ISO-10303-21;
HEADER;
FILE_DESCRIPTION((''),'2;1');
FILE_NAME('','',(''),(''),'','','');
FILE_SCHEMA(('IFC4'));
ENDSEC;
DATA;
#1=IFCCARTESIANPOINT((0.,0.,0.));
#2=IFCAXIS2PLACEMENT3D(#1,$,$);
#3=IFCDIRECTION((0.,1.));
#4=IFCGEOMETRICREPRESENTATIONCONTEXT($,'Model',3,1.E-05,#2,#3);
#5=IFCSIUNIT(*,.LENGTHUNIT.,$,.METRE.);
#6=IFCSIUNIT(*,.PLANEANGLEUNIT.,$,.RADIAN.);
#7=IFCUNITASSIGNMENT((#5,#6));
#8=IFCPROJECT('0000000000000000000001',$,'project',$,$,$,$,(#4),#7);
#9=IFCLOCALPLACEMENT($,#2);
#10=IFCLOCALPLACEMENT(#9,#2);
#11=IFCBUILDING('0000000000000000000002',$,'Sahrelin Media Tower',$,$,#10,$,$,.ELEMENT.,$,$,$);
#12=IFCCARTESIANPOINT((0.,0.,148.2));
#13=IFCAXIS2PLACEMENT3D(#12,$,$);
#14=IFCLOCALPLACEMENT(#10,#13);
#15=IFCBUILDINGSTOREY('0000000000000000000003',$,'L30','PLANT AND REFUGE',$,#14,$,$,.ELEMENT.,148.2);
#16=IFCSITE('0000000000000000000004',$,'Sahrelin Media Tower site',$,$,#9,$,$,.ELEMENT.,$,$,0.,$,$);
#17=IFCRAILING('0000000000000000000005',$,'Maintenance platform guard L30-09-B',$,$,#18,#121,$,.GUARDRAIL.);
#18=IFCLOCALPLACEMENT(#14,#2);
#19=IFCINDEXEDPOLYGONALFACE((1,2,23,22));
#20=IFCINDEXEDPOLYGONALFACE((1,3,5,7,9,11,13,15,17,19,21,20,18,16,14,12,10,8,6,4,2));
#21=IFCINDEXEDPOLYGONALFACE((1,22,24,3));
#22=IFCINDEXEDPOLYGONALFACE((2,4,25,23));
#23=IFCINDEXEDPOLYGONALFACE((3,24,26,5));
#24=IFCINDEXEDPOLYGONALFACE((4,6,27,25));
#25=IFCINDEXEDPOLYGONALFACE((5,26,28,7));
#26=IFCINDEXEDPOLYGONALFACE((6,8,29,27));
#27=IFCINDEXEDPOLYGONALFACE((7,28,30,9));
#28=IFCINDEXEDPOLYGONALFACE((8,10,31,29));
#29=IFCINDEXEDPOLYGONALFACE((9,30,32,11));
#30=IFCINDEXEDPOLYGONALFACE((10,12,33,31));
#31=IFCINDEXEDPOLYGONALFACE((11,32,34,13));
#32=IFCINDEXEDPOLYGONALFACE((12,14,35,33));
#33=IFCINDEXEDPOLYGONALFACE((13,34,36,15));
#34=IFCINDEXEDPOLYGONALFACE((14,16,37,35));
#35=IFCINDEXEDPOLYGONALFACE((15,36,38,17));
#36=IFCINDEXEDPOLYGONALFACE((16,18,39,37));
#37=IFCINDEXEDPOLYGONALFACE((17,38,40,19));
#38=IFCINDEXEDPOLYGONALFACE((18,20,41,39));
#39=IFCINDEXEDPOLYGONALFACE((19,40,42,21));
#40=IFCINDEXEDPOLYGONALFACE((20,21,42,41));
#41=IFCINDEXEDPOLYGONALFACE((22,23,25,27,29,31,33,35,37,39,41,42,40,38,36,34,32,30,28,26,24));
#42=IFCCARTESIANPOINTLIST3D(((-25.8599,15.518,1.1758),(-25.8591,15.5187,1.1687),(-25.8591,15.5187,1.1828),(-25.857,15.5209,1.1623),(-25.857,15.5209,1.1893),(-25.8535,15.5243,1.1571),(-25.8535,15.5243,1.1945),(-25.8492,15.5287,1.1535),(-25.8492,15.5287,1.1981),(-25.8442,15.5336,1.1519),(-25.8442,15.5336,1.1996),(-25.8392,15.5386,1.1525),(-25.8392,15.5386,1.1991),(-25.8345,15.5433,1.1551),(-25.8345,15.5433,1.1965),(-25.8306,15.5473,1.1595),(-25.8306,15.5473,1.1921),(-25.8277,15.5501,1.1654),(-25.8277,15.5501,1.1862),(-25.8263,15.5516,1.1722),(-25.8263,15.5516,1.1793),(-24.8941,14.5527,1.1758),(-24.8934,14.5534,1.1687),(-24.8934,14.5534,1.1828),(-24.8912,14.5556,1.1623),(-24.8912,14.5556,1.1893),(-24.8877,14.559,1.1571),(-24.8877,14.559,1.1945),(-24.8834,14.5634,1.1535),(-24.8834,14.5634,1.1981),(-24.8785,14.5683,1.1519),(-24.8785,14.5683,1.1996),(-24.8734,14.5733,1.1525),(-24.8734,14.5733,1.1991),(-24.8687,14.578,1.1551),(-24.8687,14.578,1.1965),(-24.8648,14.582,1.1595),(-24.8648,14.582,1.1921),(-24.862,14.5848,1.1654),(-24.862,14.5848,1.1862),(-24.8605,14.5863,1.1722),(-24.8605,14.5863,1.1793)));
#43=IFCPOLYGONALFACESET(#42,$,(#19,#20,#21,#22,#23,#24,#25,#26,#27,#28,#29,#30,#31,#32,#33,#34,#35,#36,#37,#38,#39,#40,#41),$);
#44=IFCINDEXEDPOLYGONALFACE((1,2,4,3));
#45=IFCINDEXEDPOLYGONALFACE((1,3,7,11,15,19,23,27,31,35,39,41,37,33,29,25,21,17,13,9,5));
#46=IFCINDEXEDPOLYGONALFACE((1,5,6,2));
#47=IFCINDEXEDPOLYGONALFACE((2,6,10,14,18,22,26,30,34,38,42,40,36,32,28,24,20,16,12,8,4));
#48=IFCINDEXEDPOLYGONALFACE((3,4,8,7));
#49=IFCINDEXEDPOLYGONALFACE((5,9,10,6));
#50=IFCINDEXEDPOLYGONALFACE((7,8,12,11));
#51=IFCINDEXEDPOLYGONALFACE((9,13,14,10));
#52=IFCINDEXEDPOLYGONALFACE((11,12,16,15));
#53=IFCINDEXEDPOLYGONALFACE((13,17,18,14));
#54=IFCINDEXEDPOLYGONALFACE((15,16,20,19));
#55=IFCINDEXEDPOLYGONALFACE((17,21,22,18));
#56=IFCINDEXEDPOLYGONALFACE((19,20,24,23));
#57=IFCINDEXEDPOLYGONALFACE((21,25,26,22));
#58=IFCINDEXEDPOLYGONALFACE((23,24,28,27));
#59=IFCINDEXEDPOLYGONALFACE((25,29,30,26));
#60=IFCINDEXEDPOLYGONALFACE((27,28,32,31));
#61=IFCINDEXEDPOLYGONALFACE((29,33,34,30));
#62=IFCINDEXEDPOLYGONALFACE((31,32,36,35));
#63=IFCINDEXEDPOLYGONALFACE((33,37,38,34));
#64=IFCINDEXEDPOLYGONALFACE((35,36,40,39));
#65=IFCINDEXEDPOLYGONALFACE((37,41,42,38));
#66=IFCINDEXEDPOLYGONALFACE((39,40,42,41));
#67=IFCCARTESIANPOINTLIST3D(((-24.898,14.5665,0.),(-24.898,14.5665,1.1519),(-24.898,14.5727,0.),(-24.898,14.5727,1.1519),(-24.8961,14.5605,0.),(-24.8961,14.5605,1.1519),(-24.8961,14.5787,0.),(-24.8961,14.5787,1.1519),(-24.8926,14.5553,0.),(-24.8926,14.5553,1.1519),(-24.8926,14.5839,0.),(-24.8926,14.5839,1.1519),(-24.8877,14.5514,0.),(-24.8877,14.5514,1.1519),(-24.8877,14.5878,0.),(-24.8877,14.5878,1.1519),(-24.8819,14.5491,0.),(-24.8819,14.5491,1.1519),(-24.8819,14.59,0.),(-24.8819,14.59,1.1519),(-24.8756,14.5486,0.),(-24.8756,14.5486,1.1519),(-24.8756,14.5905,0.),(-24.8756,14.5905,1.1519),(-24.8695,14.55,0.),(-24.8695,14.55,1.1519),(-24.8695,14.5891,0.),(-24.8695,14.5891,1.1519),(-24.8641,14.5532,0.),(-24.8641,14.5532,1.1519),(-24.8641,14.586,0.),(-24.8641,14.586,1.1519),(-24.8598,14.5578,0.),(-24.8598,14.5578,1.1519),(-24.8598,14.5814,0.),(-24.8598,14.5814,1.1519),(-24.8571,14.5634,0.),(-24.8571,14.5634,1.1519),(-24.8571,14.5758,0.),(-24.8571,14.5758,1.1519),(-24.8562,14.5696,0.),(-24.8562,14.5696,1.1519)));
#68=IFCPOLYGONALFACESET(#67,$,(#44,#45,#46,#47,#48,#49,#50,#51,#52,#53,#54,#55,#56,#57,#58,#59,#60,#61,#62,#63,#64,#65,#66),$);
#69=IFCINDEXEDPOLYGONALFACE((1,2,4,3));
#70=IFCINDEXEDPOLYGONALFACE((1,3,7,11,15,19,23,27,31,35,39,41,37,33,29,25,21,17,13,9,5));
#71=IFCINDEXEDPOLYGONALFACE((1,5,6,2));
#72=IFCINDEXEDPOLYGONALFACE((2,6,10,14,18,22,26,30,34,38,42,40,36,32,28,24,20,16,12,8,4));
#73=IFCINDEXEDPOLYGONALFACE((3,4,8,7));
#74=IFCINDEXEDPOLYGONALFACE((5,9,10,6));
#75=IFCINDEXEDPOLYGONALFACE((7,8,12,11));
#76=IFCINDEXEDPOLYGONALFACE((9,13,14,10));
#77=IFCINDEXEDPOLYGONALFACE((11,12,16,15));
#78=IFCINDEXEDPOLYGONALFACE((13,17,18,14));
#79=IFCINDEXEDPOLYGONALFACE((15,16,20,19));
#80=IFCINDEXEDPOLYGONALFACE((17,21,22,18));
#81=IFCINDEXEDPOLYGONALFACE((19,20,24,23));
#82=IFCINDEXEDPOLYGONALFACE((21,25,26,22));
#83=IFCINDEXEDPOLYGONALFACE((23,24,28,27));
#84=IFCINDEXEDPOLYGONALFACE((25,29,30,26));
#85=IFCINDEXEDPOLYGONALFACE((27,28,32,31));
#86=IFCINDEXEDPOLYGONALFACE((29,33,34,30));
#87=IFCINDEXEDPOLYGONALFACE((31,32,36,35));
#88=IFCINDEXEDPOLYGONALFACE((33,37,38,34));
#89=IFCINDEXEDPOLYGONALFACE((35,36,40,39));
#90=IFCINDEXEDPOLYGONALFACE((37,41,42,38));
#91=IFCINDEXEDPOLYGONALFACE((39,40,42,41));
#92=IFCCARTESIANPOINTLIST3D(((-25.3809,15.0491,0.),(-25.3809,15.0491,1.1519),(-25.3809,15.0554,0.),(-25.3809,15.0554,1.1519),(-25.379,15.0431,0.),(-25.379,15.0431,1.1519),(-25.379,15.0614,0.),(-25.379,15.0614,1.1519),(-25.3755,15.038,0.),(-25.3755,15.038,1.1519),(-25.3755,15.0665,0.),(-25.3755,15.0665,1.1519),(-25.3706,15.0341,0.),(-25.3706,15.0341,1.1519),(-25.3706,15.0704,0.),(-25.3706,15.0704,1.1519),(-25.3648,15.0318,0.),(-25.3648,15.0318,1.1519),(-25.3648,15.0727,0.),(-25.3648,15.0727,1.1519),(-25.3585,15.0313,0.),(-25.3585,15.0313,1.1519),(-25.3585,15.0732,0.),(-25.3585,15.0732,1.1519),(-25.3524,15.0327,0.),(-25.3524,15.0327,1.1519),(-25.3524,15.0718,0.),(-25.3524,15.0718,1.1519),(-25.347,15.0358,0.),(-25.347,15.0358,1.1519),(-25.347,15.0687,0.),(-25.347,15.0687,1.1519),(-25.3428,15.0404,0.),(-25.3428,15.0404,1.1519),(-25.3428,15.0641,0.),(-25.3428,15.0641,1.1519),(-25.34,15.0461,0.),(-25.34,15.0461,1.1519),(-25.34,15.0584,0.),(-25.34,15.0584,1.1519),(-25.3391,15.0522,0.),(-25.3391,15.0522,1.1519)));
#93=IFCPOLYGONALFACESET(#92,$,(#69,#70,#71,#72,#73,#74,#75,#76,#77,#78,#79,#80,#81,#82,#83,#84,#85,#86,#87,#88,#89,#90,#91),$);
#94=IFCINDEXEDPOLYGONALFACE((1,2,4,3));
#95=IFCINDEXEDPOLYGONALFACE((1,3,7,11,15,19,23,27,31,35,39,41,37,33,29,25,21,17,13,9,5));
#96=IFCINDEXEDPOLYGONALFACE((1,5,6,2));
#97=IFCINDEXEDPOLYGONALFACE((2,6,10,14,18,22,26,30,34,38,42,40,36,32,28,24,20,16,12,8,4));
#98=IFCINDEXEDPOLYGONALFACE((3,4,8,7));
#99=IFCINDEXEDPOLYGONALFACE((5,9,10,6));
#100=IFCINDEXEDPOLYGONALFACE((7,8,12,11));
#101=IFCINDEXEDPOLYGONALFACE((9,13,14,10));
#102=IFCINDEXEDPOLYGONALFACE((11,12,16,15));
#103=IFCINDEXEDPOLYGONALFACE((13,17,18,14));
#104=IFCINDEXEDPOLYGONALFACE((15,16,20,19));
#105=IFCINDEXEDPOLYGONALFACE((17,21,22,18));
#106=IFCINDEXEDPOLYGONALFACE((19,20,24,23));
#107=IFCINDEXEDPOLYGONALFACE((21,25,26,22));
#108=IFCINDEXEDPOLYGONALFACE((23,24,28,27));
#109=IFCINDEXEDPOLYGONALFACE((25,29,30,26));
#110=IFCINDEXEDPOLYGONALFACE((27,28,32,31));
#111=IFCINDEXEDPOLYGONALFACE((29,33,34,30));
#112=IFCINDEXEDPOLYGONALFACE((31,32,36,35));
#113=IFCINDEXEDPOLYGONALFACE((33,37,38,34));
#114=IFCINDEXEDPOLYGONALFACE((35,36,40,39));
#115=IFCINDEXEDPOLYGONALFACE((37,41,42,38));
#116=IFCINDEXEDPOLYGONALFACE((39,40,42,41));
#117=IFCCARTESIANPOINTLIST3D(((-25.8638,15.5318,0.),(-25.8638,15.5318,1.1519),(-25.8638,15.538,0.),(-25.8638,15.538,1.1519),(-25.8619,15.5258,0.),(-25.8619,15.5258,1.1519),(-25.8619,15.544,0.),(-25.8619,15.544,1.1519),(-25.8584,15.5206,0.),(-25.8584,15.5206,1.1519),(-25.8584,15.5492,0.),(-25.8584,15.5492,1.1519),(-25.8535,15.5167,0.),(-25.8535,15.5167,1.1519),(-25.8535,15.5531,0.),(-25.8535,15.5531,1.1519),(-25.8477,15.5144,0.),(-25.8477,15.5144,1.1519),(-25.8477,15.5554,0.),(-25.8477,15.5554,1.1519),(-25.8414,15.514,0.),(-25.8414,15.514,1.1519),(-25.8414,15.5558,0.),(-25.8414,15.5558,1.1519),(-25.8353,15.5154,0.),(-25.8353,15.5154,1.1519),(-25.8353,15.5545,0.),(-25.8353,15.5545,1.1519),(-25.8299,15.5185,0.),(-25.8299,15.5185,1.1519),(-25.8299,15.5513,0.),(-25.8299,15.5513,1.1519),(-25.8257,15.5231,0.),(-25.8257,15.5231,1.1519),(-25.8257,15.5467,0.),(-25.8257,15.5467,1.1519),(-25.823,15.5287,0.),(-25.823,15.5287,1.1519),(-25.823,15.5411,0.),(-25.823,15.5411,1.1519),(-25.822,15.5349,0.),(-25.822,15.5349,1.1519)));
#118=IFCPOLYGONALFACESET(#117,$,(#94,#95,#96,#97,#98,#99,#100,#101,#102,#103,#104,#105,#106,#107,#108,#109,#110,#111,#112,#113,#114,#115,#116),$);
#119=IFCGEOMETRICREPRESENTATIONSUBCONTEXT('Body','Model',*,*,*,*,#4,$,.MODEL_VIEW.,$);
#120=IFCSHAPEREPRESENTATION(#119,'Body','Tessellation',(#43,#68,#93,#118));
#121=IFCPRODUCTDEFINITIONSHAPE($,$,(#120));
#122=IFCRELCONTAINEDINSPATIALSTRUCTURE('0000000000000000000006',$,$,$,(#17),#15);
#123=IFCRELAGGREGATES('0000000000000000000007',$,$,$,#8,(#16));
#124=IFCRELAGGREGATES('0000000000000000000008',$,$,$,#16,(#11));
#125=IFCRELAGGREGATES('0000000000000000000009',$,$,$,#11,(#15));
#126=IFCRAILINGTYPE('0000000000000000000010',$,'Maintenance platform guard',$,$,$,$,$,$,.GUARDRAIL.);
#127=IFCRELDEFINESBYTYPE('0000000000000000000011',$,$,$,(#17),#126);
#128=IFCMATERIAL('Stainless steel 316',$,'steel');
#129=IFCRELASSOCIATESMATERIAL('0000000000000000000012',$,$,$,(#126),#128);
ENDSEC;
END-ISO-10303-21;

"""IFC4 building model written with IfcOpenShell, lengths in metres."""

from ifc_helpers import new_model, si_unit, direction, frame, origin, origin_2d, place, context, subcontext, project, spatial, circle, extrude, material, type_object, element, save


model = new_model("IFC4")

# Units and contexts
model_context = context("Model", 3, precision=1e-05, world=origin(), true_north=direction((0.0, 1.0)))
body_context = subcontext(model_context, "Body", "Model", "MODEL_VIEW")
ifc_project = project(units=[si_unit("LENGTHUNIT", "METRE"), si_unit("PLANEANGLEUNIT", "RADIAN")], contexts=[model_context])

# Site, building, storey
site_placement = place(None, origin())
site = spatial("IfcSite", under=ifc_project, at=site_placement, Name="Sahrelin Media Tower site", CompositionType="ELEMENT", RefElevation=0.0)
building_placement = place(site_placement, origin())
building = spatial("IfcBuilding", under=site, at=building_placement, Name="Sahrelin Media Tower", CompositionType="ELEMENT")
storey_placement = place(building_placement, frame((0.0, 0.0, 148.2)))
storey = spatial("IfcBuildingStorey", under=building, at=storey_placement, Name="L30", Description="PLANT AND REFUGE", CompositionType="ELEMENT", Elevation=148.2)

# Railing
ifc_material_1 = material(Name="Stainless steel 316", Category="steel")
railing_type = type_object("IfcRailingType", Name="Maintenance platform guard", PredefinedType="GUARDRAIL", material=ifc_material_1)
railing_1_placement = place(storey_placement, frame((-24.8772, 14.5696, 0.0)))
element("IfcRailing", 1, at=railing_1_placement, inside=storey, type_object=railing_type, Name="Maintenance platform guard L30-09-B", PredefinedType="GUARDRAIL", context=body_context, shape_type="SweptSolid", body=[
    extrude(circle(Radius=0.0239, at=origin_2d()), frame((0.0, 0.0, 1.1758), z_axis=(-0.707286, 0.706928, 0.0), x_axis=(-0.706928, -0.707286, 0.0)), (0.0, 0.0, 1.0), 1.3655),
    extrude(circle(Radius=0.021, at=origin_2d()), origin(), (0.0, 0.0, 1.0), 1.1519),
    extrude(circle(Radius=0.021, at=origin_2d()), frame((-0.4829, 0.4827, 0.0)), (0.0, 0.0, 1.0), 1.1519),
    extrude(circle(Radius=0.021, at=origin_2d()), frame((-0.9658, 0.9653, 0.0)), (0.0, 0.0, 1.0), 1.1519),
])

save(model, "model.ifc")
